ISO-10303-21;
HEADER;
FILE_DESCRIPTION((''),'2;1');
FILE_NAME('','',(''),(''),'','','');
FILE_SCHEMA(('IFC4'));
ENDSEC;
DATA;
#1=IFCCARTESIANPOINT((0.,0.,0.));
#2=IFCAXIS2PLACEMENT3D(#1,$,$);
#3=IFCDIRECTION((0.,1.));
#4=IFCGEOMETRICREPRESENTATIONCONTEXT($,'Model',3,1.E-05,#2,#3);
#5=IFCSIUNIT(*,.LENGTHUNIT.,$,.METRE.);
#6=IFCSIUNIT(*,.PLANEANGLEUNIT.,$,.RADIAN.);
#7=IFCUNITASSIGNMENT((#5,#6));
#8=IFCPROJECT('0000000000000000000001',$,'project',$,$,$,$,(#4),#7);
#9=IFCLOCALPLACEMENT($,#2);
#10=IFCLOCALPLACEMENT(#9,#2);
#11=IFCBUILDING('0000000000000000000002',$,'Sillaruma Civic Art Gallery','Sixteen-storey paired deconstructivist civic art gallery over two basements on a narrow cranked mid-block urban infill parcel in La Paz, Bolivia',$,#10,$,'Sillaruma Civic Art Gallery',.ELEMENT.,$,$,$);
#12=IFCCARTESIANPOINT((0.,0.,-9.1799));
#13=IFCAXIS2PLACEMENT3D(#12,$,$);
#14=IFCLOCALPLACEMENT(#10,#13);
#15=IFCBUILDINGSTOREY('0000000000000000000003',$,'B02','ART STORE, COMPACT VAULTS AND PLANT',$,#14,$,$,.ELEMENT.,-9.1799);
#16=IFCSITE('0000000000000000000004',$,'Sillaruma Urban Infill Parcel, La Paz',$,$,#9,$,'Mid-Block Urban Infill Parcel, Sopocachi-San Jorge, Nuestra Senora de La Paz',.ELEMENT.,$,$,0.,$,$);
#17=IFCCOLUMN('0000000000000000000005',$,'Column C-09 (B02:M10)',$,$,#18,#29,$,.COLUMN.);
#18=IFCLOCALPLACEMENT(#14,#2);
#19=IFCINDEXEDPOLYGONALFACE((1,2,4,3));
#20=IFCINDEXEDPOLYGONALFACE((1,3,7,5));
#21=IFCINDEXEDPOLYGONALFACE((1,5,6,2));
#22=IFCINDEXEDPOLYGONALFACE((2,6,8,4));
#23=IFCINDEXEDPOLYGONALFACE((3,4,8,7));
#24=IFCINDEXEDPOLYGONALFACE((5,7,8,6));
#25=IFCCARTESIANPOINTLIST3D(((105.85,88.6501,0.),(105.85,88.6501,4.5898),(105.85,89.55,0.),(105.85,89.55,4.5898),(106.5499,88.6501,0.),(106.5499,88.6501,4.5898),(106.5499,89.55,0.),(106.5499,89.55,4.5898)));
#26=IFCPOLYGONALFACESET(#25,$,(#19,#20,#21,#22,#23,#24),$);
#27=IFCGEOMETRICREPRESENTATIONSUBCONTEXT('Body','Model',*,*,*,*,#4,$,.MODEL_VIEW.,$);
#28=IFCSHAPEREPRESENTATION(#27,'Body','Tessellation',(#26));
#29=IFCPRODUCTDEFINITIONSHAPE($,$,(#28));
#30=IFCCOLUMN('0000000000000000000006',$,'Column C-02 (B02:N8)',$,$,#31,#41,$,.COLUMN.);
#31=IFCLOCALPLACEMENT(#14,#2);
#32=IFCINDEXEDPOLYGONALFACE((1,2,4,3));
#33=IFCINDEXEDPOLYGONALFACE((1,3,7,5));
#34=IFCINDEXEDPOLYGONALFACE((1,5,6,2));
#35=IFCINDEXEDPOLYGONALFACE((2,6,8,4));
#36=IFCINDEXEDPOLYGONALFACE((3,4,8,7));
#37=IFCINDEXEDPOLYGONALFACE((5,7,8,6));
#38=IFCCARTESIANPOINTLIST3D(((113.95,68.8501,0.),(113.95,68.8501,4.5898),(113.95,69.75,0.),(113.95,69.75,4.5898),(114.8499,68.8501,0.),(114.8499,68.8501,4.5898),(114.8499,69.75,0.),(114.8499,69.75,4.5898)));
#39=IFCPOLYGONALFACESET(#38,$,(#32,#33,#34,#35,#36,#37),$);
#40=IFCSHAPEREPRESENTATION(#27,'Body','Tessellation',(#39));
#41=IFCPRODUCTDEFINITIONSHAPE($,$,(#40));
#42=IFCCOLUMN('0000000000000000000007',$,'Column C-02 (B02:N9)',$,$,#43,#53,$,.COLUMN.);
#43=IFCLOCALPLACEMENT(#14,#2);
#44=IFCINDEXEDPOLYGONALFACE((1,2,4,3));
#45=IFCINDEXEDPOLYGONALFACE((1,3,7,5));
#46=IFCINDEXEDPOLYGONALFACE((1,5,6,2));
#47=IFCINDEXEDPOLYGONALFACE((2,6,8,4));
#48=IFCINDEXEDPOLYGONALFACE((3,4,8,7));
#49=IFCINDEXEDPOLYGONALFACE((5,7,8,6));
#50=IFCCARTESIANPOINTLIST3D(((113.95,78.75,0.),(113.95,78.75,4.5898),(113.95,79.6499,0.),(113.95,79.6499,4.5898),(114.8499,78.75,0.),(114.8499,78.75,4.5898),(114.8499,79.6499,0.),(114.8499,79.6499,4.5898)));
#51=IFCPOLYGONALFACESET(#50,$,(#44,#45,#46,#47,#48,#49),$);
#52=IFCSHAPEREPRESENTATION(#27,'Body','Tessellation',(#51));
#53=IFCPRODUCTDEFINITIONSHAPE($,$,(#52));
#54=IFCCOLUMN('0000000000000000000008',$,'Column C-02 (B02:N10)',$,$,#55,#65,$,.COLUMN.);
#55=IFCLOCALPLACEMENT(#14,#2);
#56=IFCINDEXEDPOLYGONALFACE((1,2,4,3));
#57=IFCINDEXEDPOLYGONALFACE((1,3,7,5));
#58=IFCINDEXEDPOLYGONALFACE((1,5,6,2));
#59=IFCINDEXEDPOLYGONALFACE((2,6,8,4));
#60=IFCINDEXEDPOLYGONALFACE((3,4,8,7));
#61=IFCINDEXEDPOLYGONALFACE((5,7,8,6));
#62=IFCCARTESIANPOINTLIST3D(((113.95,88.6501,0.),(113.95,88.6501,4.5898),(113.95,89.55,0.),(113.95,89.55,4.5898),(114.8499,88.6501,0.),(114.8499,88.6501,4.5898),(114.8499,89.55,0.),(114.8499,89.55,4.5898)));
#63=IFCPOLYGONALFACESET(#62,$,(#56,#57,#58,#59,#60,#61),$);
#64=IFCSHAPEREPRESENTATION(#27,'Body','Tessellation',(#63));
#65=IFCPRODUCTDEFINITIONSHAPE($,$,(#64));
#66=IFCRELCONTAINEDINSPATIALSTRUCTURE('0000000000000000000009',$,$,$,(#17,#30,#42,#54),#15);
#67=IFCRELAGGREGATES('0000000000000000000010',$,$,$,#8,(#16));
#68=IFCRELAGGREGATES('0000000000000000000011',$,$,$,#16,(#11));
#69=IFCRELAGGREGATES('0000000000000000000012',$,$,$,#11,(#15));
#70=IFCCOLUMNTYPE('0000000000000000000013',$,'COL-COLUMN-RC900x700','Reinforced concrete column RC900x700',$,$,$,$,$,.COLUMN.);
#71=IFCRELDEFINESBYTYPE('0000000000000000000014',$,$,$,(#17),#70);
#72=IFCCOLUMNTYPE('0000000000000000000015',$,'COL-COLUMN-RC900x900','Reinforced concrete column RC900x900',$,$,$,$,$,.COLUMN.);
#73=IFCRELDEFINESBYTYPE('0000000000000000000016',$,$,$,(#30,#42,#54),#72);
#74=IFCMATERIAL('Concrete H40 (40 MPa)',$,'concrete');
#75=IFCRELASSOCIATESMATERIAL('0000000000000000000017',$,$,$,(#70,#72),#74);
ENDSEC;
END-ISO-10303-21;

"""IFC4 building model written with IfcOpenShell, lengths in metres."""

from ifc_helpers import new_model, si_unit, direction, frame, origin, origin_2d, place, context, subcontext, project, spatial, rectangle, extrude, material, material_profile, profile_set, type_object, element, save


model = new_model("IFC4")

# Units and contexts
model_context = context("Model", 3, precision=1e-05, world=origin(), true_north=direction((0.0, 1.0)))
body_context = subcontext(model_context, "Body", "Model", "MODEL_VIEW")
ifc_project = project(units=[si_unit("LENGTHUNIT", "METRE"), si_unit("PLANEANGLEUNIT", "RADIAN")], contexts=[model_context])

# Site, building, storey
site_placement = place(None, origin())
site = spatial("IfcSite", under=ifc_project, at=site_placement, Name="Sillaruma Urban Infill Parcel, La Paz", LongName="Mid-Block Urban Infill Parcel, Sopocachi-San Jorge, Nuestra Senora de La Paz", CompositionType="ELEMENT", RefElevation=0.0)
building_placement = place(site_placement, origin())
building = spatial("IfcBuilding", under=site, at=building_placement, Name="Sillaruma Civic Art Gallery", Description="Sixteen-storey paired deconstructivist civic art gallery over two basements on a narrow cranked mid-block urban infill parcel in La Paz, Bolivia", LongName="Sillaruma Civic Art Gallery", CompositionType="ELEMENT")
storey_placement = place(building_placement, frame((0.0, 0.0, -9.1799)))
storey = spatial("IfcBuildingStorey", under=building, at=storey_placement, Name="B02", Description="ART STORE, COMPACT VAULTS AND PLANT", CompositionType="ELEMENT", Elevation=-9.1799)

# Columns
ifc_material_1 = material(Name="Concrete H40 (40 MPa)", Category="concrete")
ifc_material_profile_1 = material_profile(ifc_material_1, rectangle(XDim=0.7, YDim=0.8999, at=origin_2d()), Name="RC900x700")
ifc_profile_set_1 = profile_set([ifc_material_profile_1], Name="Concrete H40 (40 MPa)")
column_type_1 = type_object("IfcColumnType", Name="COL-COLUMN-RC900x700", Description="Reinforced concrete column RC900x700", PredefinedType="COLUMN", material=ifc_profile_set_1)
for number, where, z_axis, x_axis, name in (
    (1, (106.2, 89.1001, 0.0), (0.0, 0.0, 1.0), (1.0, 0.0, 0.0), "Column C-09 (B02:M10)"),
):
    element("IfcColumn", number, at=place(storey_placement, frame(where, z_axis=z_axis, x_axis=x_axis)), inside=storey, type_object=column_type_1, Name=name, PredefinedType="COLUMN", context=body_context, shape_type="SweptSolid", body=[
        extrude(rectangle(XDim=0.7, YDim=0.8999, at=origin_2d()), origin(), (0.0, 0.0, 1.0), 4.5898),
    ])
ifc_material_profile_2 = material_profile(ifc_material_1, rectangle(XDim=0.8999, YDim=0.8999, at=origin_2d()), Name="RC900x900")
ifc_profile_set_2 = profile_set([ifc_material_profile_2], Name="Concrete H40 (40 MPa)")
column_type_2 = type_object("IfcColumnType", Name="COL-COLUMN-RC900x900", Description="Reinforced concrete column RC900x900", PredefinedType="COLUMN", material=ifc_profile_set_2)
for number, where, z_axis, x_axis, name in (
    (2, (114.3999, 69.3, 0.0), (0.0, 0.0, 1.0), (1.0, 0.0, 0.0), "Column C-02 (B02:N8)"),
    (3, (114.3999, 79.2, 0.0), (0.0, 0.0, 1.0), (1.0, 0.0, 0.0), "Column C-02 (B02:N9)"),
    (4, (114.3999, 89.1001, 0.0), (0.0, 0.0, 1.0), (1.0, 0.0, 0.0), "Column C-02 (B02:N10)"),
):
    element("IfcColumn", number, at=place(storey_placement, frame(where, z_axis=z_axis, x_axis=x_axis)), inside=storey, type_object=column_type_2, Name=name, PredefinedType="COLUMN", context=body_context, shape_type="SweptSolid", body=[
        extrude(rectangle(XDim=0.8999, YDim=0.8999, at=origin_2d()), origin(), (0.0, 0.0, 1.0), 4.5898),
    ])

save(model, "model.ifc")
